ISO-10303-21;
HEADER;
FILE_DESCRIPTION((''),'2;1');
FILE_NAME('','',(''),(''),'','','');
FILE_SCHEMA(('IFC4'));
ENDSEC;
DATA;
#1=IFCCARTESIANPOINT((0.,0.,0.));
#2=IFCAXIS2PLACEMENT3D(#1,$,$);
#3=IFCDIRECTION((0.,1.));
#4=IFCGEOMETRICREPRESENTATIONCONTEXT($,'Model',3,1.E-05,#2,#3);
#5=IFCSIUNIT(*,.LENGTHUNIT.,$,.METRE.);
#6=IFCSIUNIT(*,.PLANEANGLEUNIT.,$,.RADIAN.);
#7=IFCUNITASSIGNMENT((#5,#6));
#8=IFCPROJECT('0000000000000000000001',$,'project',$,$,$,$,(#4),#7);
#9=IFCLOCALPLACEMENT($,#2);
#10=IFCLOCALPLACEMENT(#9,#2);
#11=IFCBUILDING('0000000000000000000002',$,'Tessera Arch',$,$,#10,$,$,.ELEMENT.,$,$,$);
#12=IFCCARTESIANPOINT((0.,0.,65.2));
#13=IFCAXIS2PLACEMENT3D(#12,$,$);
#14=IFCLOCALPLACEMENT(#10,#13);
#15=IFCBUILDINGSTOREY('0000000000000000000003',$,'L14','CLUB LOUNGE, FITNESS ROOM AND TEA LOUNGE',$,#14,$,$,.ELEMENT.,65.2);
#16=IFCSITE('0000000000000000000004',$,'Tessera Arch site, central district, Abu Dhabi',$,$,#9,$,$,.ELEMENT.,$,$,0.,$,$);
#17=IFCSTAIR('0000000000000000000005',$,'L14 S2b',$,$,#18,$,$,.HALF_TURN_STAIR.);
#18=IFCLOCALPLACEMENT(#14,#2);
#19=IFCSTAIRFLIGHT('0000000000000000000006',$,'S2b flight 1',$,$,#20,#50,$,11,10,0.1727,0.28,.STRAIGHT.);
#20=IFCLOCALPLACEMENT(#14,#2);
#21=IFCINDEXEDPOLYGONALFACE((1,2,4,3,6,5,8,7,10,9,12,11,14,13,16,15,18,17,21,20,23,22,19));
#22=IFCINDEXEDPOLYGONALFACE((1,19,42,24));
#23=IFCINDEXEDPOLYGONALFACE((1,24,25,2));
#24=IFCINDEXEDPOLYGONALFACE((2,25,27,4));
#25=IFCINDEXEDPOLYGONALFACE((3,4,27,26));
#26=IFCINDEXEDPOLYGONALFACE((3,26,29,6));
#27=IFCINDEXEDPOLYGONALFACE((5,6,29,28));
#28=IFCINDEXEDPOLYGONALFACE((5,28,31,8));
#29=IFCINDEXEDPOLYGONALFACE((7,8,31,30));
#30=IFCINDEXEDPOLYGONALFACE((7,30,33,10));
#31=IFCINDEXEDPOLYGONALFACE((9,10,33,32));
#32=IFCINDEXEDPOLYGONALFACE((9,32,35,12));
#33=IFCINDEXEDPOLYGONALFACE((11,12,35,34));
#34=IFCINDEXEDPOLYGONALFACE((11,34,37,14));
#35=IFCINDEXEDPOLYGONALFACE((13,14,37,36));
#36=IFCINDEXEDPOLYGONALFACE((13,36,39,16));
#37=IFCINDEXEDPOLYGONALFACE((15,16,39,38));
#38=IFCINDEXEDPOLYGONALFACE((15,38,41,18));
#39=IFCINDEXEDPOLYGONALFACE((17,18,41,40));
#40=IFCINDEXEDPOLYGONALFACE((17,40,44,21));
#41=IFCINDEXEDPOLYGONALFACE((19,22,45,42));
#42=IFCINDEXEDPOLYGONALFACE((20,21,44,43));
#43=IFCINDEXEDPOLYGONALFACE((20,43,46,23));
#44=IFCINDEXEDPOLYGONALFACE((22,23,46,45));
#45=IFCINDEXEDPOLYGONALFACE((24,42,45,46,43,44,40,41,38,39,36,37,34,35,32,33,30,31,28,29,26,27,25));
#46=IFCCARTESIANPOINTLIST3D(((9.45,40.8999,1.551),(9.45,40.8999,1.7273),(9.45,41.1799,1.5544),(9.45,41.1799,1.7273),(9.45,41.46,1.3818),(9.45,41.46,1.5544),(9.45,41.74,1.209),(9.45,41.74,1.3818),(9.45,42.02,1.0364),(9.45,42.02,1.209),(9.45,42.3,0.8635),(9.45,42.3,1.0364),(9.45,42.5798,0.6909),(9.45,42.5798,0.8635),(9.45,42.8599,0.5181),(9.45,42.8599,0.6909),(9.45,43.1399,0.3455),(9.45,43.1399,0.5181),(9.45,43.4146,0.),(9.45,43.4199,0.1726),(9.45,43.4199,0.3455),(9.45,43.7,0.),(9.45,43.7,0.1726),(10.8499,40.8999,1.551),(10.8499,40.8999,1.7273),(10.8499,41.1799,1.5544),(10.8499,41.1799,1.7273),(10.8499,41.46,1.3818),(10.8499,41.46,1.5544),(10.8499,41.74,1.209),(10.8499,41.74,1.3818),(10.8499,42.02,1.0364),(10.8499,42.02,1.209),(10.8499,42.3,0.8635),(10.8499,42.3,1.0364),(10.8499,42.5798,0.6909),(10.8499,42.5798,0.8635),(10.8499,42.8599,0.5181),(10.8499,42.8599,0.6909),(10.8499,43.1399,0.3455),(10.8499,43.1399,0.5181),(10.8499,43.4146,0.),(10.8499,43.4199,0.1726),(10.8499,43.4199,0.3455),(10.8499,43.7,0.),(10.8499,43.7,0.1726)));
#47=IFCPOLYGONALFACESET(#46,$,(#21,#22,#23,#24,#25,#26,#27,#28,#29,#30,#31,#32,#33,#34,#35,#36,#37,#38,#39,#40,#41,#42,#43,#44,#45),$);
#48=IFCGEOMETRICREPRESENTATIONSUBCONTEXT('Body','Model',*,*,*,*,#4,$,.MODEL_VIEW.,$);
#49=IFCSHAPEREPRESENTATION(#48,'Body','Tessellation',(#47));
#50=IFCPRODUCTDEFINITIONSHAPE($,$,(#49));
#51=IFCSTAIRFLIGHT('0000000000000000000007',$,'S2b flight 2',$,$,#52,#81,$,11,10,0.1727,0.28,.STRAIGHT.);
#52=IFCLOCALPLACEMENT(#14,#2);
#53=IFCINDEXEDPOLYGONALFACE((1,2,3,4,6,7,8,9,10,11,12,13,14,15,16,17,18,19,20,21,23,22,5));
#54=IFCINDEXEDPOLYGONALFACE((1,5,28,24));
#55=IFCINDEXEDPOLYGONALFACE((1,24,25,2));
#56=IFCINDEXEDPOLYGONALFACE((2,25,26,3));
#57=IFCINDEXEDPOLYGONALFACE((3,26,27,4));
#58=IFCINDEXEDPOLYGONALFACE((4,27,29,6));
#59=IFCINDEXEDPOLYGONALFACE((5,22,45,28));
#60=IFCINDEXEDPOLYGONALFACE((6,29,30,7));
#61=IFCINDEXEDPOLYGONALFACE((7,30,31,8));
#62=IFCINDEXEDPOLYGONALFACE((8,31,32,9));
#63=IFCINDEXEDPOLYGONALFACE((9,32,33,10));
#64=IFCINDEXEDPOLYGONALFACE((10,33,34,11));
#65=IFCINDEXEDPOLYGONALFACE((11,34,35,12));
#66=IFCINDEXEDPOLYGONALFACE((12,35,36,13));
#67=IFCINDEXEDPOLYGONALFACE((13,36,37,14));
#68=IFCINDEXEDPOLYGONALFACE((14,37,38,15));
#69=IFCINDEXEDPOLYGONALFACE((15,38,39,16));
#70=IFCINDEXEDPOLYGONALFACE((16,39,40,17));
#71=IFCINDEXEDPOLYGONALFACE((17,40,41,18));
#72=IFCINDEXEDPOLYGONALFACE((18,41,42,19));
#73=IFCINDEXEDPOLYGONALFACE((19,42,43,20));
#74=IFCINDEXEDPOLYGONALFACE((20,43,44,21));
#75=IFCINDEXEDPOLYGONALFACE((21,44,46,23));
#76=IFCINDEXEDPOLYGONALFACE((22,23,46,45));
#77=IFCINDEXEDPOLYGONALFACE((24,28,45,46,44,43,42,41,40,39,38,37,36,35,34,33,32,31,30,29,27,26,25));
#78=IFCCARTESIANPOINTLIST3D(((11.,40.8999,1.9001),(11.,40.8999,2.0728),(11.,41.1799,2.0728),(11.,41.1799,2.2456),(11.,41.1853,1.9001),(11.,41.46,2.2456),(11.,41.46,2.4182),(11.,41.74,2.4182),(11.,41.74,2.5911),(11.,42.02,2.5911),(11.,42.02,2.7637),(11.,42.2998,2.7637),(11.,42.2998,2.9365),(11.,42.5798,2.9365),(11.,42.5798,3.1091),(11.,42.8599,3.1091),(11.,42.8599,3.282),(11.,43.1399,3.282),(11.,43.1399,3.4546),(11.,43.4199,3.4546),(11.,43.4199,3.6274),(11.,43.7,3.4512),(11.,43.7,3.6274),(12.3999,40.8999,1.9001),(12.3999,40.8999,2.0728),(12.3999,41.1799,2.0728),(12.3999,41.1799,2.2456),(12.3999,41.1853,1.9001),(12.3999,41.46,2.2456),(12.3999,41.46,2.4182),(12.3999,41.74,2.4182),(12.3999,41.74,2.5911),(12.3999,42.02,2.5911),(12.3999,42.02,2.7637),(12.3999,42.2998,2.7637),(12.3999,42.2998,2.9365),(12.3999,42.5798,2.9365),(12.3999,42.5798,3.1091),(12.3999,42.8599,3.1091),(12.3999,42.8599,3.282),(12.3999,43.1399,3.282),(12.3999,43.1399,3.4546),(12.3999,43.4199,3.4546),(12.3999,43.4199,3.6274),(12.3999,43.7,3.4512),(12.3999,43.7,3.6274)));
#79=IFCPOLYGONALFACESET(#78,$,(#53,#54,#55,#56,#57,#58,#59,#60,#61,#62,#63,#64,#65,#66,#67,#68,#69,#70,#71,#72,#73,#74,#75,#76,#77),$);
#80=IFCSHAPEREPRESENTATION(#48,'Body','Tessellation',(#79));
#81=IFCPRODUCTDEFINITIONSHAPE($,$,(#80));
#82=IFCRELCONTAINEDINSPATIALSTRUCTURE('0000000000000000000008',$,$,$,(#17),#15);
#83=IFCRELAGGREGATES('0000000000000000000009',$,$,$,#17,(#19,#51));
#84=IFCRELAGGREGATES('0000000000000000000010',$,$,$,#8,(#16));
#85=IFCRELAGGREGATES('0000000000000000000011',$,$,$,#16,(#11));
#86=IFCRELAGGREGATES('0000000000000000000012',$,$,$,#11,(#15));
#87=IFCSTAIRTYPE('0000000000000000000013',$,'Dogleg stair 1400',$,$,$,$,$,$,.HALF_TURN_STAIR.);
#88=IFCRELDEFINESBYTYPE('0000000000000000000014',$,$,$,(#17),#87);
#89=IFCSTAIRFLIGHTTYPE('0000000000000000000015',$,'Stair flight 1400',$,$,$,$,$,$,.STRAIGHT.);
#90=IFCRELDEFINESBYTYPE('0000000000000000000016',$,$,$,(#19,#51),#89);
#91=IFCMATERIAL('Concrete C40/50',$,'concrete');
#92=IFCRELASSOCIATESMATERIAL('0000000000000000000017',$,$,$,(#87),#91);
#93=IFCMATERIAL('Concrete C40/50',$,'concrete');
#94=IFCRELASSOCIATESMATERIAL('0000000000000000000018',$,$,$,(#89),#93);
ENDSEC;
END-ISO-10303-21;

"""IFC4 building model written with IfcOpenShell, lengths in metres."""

from ifc_helpers import new_model, si_unit, direction, frame, origin, place, context, subcontext, project, spatial, polyline, outline, extrude, material, type_object, element, aggregate, save


model = new_model("IFC4")

# Units and contexts
model_context = context("Model", 3, precision=1e-05, world=origin(), true_north=direction((0.0, 1.0)))
body_context = subcontext(model_context, "Body", "Model", "MODEL_VIEW")
ifc_project = project(units=[si_unit("LENGTHUNIT", "METRE"), si_unit("PLANEANGLEUNIT", "RADIAN")], contexts=[model_context])

# Site, building, storey
site_placement = place(None, origin())
site = spatial("IfcSite", under=ifc_project, at=site_placement, Name="Tessera Arch site, central district, Abu Dhabi", CompositionType="ELEMENT", RefElevation=0.0)
building_placement = place(site_placement, origin())
building = spatial("IfcBuilding", under=site, at=building_placement, Name="Tessera Arch", CompositionType="ELEMENT")
storey_placement = place(building_placement, frame((0.0, 0.0, 65.2)))
storey = spatial("IfcBuildingStorey", under=building, at=storey_placement, Name="L14", Description="CLUB LOUNGE, FITNESS ROOM AND TEA LOUNGE", CompositionType="ELEMENT", Elevation=65.2)

# Stair, stair flights
ifc_material_1 = material(Name="Concrete C40/50", Category="concrete")
stair_type = type_object("IfcStairType", Name="Dogleg stair 1400", PredefinedType="HALF_TURN_STAIR", material=ifc_material_1)
stair_placement = place(storey_placement, origin())
stair = element("IfcStair", 1, at=stair_placement, inside=storey, type_object=stair_type, Name="L14 S2b", PredefinedType="HALF_TURN_STAIR")
ifc_material_2 = material(Name="Concrete C40/50", Category="concrete")
stair_flight_type = type_object("IfcStairFlightType", Name="Stair flight 1400", PredefinedType="STRAIGHT", material=ifc_material_2)
stair_flight_1_placement = place(storey_placement, frame((10.1499, 43.7, 0.0), z_axis=(0.0, 0.0, 1.0), x_axis=(0.0, -1.0, 0.0)))
stair_flight_1 = element("IfcStairFlight", 2, at=stair_flight_1_placement, type_object=stair_flight_type, Name="S2b flight 1", NumberOfRisers=11, NumberOfTreads=10, PredefinedType="STRAIGHT", RiserHeight=0.1727, TreadLength=0.28, context=body_context, shape_type="SweptSolid", body=[
    extrude(outline(polyline([(0.0, 0.0), (0.0, 0.1726), (0.28, 0.1726), (0.28, 0.3455), (0.5601, 0.3455), (0.5601, 0.5181), (0.8401, 0.5181), (0.8401, 0.6909), (1.1201, 0.6909), (1.1201, 0.8635), (1.3999, 0.8635), (1.3999, 1.0364), (1.6799, 1.0364), (1.6799, 1.209), (1.96, 1.209), (1.96, 1.3818), (2.24, 1.3818), (2.24, 1.5544), (2.52, 1.5544), (2.52, 1.7273), (2.8, 1.7273), (2.8, 1.8999), (2.8, 1.551), (0.2854, 0.0), (0.0, 0.0)])), frame((0.0, 0.7, 0.0), z_axis=(0.0, -1.0, 0.0), x_axis=(1.0, 0.0, 0.0)), (0.0, 0.0, 1.0), 1.3999),
])
stair_flight_2_placement = place(storey_placement, frame((11.7, 40.8999, 1.9001), z_axis=(0.0, 0.0, 1.0), x_axis=(0.0, 1.0, 0.0)))
stair_flight_2 = element("IfcStairFlight", 3, at=stair_flight_2_placement, type_object=stair_flight_type, Name="S2b flight 2", NumberOfRisers=11, NumberOfTreads=10, PredefinedType="STRAIGHT", RiserHeight=0.1727, TreadLength=0.28, context=body_context, shape_type="SweptSolid", body=[
    extrude(outline(polyline([(0.0, 0.0), (0.0, 0.1726), (0.28, 0.1726), (0.28, 0.3455), (0.5601, 0.3455), (0.5601, 0.5181), (0.8401, 0.5181), (0.8401, 0.6909), (1.1201, 0.6909), (1.1201, 0.8635), (1.3999, 0.8635), (1.3999, 1.0364), (1.6799, 1.0364), (1.6799, 1.209), (1.96, 1.209), (1.96, 1.3818), (2.24, 1.3818), (2.24, 1.5544), (2.52, 1.5544), (2.52, 1.7273), (2.8, 1.7273), (2.8, 1.8999), (2.8, 1.551), (0.2854, 0.0), (0.0, 0.0)])), frame((0.0, 0.7, 0.0), z_axis=(0.0, -1.0, 0.0), x_axis=(1.0, 0.0, 0.0)), (0.0, 0.0, 1.0), 1.3999),
])
aggregate(stair, [stair_flight_1, stair_flight_2])

save(model, "model.ifc")
